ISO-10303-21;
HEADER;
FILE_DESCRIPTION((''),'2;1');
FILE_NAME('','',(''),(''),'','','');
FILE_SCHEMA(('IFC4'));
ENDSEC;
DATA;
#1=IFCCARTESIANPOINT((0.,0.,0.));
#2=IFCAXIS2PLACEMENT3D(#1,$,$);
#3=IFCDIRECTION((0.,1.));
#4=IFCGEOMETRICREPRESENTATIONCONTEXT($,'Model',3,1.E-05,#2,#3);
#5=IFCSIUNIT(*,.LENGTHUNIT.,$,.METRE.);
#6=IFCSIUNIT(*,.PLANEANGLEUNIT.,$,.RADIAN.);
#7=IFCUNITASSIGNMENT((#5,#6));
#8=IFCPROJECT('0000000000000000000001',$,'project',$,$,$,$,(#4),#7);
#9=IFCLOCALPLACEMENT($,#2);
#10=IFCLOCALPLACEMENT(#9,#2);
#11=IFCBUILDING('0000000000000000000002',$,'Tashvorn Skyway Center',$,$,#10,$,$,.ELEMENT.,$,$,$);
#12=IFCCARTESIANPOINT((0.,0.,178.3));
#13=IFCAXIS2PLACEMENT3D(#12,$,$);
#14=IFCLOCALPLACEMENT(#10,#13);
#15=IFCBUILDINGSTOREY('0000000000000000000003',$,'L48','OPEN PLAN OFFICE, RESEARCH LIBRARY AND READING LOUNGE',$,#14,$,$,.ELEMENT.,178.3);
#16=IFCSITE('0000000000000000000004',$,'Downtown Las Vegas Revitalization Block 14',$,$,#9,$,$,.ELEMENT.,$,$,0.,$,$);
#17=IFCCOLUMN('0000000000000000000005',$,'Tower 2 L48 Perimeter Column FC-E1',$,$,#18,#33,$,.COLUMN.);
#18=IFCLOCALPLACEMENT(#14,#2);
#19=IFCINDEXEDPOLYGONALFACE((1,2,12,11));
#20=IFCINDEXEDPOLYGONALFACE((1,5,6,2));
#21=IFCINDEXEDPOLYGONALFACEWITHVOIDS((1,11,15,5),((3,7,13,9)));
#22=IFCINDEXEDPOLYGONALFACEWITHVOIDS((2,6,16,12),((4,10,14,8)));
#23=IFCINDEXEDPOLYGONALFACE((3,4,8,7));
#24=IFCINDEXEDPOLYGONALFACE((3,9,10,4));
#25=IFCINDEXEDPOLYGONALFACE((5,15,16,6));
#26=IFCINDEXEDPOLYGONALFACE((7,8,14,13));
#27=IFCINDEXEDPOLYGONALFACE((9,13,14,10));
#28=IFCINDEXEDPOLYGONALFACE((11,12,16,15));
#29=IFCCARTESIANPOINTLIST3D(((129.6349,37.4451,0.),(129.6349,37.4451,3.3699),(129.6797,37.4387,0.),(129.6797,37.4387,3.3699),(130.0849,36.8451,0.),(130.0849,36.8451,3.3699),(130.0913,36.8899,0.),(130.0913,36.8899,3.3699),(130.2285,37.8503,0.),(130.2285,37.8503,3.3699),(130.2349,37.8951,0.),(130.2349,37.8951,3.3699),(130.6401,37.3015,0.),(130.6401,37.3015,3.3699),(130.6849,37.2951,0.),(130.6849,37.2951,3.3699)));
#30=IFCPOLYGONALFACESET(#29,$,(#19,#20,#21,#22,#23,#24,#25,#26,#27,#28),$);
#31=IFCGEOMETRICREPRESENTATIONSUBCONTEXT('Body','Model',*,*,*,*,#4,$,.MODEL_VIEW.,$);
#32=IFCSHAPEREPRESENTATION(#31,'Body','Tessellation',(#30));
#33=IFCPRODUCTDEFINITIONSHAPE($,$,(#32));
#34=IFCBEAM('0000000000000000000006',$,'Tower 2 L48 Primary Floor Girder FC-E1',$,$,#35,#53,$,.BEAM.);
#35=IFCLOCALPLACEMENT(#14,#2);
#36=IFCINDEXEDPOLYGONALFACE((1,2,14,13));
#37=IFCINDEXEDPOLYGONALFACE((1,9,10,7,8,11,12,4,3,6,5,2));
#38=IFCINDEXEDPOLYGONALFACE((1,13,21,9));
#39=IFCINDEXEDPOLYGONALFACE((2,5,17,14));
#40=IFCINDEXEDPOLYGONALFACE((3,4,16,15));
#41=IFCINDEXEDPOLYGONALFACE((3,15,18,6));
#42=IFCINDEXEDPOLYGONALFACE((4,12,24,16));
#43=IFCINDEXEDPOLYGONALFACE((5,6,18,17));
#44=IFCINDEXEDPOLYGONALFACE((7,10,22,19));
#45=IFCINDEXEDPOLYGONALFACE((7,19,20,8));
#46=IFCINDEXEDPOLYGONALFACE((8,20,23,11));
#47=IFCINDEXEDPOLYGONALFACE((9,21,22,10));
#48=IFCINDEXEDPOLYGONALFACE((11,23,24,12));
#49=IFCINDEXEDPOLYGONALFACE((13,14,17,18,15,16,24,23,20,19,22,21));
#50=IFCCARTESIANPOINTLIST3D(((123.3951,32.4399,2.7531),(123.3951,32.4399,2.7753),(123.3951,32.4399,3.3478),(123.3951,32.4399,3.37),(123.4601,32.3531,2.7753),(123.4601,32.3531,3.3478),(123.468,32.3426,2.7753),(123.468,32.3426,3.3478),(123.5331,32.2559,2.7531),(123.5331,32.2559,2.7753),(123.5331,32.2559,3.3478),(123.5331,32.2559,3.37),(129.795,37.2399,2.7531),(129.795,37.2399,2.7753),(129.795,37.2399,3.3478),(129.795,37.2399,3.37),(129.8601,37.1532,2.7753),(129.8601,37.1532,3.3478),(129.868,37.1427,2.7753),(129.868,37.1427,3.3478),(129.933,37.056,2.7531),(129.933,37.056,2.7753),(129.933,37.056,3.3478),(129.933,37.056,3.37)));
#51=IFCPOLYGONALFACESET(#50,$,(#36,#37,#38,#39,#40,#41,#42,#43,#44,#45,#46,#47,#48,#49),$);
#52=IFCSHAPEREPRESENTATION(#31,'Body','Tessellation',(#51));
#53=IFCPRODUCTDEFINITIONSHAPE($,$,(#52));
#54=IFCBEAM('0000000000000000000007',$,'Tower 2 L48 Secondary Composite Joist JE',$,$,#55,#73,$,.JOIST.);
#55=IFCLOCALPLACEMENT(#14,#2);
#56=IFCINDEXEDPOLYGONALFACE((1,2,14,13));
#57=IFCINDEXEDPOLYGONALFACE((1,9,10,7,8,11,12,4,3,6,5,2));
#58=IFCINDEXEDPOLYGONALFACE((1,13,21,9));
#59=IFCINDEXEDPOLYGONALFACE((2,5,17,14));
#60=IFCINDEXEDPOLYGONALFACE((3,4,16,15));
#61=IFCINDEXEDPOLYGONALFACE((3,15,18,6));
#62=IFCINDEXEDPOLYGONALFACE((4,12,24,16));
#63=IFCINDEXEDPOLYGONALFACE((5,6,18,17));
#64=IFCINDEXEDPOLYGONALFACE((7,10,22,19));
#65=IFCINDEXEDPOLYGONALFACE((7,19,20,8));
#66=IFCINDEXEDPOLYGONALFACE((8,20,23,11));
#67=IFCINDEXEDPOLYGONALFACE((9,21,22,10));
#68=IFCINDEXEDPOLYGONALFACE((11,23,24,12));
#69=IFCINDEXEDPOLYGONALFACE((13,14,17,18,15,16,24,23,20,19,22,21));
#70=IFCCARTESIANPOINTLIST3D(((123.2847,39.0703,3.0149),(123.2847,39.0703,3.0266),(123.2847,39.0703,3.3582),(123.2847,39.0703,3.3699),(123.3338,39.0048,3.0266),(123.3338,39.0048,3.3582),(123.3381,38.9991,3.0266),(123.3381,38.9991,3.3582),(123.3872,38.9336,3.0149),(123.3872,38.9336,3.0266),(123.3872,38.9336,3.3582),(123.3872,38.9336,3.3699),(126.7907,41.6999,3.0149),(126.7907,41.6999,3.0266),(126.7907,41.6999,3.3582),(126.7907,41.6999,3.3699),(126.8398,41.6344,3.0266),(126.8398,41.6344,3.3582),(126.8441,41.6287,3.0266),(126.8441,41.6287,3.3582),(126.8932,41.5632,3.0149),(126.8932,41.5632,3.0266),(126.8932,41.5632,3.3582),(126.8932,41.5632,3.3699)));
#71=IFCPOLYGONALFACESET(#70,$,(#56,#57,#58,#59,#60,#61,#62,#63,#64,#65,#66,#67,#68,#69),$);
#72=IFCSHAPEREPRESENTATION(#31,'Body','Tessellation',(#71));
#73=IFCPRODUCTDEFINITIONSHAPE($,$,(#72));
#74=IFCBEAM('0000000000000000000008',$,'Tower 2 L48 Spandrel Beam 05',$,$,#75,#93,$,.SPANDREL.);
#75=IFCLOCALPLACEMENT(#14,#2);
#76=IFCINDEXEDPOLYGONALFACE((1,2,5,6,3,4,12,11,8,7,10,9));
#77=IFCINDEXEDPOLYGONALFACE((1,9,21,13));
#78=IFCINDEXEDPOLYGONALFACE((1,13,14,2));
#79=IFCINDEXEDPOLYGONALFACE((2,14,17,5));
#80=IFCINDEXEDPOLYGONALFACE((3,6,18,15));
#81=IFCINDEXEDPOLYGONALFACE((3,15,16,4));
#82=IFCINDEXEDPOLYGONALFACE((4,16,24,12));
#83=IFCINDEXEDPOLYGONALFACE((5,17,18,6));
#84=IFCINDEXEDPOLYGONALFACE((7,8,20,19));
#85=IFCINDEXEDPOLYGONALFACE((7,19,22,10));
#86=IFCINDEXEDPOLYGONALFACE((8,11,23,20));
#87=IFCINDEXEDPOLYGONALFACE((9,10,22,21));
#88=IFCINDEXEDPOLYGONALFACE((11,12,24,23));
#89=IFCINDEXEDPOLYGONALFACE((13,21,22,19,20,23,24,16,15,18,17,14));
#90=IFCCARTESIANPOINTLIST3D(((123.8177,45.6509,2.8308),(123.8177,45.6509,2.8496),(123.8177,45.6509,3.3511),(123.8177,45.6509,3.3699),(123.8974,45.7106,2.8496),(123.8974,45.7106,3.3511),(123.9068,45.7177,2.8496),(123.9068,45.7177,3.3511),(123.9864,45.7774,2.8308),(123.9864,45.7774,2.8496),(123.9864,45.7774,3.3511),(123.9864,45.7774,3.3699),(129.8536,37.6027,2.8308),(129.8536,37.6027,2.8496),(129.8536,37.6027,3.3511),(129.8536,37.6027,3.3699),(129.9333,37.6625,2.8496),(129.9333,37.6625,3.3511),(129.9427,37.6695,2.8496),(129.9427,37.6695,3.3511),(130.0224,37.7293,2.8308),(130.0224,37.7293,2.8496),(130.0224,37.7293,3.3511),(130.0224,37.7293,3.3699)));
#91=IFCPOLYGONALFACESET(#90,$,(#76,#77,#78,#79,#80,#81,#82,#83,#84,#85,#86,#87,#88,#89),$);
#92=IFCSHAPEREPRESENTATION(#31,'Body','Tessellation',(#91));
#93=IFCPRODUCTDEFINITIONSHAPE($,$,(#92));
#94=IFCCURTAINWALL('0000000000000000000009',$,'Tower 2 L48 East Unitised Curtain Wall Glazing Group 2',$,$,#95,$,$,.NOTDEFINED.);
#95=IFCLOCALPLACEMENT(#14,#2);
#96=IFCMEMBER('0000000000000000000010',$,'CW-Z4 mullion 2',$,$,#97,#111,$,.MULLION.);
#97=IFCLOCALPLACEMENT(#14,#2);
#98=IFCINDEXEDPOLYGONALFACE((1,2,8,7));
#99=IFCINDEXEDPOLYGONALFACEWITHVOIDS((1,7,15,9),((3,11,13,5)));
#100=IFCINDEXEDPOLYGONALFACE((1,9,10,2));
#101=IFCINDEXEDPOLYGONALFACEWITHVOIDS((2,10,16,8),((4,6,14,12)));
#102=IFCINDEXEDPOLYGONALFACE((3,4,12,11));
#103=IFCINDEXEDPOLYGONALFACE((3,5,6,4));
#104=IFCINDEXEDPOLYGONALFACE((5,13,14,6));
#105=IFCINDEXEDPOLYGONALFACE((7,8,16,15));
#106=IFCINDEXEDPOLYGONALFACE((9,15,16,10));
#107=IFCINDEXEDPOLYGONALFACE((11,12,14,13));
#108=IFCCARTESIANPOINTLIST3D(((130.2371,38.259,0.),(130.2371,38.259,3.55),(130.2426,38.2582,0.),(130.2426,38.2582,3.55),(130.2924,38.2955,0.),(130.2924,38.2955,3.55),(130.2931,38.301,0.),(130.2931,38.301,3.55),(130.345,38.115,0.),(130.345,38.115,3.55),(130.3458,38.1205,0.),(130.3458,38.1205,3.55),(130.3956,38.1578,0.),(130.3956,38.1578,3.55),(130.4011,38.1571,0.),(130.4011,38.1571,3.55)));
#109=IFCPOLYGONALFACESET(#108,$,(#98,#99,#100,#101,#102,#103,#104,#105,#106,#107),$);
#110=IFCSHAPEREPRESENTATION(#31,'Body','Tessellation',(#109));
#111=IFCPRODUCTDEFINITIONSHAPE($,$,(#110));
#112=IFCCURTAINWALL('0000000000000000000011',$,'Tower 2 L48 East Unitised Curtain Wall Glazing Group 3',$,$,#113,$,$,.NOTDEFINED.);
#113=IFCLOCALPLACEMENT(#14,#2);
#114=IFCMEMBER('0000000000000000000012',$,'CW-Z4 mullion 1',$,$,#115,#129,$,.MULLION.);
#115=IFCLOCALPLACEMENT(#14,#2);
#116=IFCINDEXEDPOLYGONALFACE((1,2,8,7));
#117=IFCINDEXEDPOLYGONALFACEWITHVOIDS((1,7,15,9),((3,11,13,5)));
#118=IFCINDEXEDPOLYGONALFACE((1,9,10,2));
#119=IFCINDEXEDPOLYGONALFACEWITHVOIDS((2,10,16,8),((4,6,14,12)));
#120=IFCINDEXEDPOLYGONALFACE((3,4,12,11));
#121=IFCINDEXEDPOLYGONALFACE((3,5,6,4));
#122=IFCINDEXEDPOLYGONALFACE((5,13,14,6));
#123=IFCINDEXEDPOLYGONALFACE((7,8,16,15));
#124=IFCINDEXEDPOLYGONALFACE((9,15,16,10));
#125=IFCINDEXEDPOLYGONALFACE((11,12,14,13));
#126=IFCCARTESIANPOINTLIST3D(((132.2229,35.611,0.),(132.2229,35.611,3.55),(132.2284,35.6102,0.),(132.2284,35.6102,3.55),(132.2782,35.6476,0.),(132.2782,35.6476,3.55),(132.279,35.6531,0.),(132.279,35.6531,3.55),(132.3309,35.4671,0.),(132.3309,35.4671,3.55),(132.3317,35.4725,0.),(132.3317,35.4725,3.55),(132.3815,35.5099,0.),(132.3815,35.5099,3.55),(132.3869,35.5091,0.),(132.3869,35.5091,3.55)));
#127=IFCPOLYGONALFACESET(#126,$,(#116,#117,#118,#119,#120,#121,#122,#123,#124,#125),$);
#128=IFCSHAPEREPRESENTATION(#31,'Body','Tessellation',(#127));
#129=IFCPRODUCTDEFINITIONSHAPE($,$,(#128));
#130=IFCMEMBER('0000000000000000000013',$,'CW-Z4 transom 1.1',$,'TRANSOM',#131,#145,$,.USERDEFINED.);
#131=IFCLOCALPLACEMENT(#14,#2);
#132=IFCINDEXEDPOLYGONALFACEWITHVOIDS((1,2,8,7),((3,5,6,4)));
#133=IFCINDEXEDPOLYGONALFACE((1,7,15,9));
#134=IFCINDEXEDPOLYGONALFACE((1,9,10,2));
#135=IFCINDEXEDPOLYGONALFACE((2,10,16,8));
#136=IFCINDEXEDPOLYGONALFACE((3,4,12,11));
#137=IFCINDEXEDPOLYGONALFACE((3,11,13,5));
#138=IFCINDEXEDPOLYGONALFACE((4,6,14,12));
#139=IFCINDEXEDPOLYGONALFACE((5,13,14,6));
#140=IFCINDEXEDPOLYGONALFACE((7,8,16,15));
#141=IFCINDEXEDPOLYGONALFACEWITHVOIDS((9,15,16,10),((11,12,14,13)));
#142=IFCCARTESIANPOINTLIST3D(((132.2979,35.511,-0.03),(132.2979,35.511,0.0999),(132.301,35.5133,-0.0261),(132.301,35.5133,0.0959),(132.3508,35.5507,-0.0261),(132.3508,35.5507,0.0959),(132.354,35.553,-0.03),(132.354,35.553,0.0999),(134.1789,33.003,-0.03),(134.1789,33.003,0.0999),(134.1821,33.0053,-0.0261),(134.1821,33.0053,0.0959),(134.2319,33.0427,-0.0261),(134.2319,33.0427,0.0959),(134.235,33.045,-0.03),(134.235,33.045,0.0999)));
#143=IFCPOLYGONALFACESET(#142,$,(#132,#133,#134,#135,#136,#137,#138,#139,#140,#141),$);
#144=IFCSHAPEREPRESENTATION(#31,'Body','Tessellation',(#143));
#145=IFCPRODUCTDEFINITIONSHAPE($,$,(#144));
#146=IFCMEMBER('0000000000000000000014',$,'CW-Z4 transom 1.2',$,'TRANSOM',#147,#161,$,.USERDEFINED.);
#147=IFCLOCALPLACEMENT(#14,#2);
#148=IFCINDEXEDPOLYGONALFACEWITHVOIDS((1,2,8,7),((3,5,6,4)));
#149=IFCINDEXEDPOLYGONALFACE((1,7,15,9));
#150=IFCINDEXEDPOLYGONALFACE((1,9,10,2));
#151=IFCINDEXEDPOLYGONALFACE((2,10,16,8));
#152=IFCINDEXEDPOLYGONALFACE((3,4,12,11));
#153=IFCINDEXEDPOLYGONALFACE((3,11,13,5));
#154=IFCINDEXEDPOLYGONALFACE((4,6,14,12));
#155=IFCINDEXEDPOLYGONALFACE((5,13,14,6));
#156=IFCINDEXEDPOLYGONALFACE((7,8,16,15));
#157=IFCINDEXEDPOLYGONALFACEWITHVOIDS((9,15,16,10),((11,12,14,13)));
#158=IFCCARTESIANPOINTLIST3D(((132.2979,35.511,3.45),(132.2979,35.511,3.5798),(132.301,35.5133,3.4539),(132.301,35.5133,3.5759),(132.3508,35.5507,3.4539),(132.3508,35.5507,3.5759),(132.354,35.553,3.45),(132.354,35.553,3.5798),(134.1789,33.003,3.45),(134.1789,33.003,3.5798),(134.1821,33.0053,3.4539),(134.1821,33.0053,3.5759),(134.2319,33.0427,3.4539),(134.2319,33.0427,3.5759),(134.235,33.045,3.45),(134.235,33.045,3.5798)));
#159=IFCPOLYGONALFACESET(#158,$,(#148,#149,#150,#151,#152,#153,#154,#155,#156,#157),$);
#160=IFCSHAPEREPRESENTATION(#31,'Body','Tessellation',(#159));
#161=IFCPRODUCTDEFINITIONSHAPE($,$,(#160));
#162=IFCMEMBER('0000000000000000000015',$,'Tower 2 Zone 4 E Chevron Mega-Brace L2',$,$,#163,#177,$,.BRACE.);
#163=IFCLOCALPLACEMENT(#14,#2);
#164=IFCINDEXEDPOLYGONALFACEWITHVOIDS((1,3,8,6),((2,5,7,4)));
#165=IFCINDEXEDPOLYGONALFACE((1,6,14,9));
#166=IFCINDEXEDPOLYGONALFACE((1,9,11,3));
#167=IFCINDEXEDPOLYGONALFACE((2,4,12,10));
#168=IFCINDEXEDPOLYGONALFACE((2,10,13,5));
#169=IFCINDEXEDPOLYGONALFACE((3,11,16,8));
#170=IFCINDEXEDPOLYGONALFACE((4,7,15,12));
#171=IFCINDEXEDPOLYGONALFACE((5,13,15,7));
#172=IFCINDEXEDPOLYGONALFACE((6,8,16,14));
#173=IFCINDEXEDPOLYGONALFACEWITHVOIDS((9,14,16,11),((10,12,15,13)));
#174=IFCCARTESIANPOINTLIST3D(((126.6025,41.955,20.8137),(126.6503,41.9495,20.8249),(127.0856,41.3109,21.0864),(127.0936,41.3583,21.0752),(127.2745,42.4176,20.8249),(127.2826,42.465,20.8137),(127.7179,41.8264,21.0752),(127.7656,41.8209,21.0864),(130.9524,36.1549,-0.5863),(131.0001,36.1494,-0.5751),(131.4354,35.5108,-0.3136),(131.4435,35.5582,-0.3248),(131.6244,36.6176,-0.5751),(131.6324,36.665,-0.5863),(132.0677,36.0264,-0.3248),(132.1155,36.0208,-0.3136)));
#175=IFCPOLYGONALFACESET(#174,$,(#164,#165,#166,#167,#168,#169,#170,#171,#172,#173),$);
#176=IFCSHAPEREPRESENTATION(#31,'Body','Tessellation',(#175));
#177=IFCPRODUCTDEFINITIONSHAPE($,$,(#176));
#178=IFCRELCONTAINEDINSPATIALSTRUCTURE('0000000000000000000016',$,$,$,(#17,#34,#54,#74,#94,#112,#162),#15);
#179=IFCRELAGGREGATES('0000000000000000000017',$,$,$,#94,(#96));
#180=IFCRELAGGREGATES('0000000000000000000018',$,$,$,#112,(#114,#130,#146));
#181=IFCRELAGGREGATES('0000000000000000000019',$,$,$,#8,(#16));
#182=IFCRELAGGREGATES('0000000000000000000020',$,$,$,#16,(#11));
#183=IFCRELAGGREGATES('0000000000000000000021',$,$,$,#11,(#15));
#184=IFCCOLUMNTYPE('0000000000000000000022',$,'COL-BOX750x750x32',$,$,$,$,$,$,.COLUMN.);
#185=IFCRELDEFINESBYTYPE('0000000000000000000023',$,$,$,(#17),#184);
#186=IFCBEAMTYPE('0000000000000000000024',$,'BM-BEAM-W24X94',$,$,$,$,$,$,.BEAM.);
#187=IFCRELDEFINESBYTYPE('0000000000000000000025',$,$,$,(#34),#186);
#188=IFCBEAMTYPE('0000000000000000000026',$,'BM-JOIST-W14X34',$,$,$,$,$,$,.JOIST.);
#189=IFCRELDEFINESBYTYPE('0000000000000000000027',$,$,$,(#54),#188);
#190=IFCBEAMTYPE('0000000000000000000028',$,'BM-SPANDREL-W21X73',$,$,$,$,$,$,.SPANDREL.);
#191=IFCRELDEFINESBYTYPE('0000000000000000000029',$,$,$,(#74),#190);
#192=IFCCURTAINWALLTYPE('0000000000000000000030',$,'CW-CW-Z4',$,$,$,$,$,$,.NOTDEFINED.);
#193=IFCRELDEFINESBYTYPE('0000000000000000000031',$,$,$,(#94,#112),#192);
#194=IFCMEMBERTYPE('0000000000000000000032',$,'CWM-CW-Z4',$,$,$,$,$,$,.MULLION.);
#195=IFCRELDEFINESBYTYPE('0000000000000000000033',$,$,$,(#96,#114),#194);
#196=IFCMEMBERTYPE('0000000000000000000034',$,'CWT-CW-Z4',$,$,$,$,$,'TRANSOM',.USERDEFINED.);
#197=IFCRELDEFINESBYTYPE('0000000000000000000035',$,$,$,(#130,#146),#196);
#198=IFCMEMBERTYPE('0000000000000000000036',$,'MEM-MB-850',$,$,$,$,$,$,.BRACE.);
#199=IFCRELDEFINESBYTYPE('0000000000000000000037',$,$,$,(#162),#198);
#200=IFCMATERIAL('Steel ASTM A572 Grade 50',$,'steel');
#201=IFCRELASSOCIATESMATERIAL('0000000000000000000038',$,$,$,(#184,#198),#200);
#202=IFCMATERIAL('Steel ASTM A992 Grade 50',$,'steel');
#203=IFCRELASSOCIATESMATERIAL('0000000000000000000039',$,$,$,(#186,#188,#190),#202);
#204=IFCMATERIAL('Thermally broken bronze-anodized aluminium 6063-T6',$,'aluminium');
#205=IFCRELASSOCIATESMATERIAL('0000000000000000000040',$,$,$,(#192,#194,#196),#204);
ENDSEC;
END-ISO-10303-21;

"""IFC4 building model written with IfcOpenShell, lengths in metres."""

from ifc_helpers import new_model, si_unit, direction, frame, origin, origin_2d, place, context, subcontext, project, spatial, hollow_rectangle, i_section, extrude, material, material_profile, profile_set, type_object, element, aggregate, save


model = new_model("IFC4")

# Units and contexts
model_context = context("Model", 3, precision=1e-05, world=origin(), true_north=direction((0.0, 1.0)))
body_context = subcontext(model_context, "Body", "Model", "MODEL_VIEW")
ifc_project = project(units=[si_unit("LENGTHUNIT", "METRE"), si_unit("PLANEANGLEUNIT", "RADIAN")], contexts=[model_context])

# Site, building, storey
site_placement = place(None, origin())
site = spatial("IfcSite", under=ifc_project, at=site_placement, Name="Downtown Las Vegas Revitalization Block 14", CompositionType="ELEMENT", RefElevation=0.0)
building_placement = place(site_placement, origin())
building = spatial("IfcBuilding", under=site, at=building_placement, Name="Tashvorn Skyway Center", CompositionType="ELEMENT")
storey_placement = place(building_placement, frame((0.0, 0.0, 178.3)))
storey = spatial("IfcBuildingStorey", under=building, at=storey_placement, Name="L48", Description="OPEN PLAN OFFICE, RESEARCH LIBRARY AND READING LOUNGE", CompositionType="ELEMENT", Elevation=178.3)

# Column
ifc_material_1 = material(Name="Steel ASTM A572 Grade 50", Category="steel")
ifc_material_profile_1 = material_profile(ifc_material_1, hollow_rectangle(XDim=0.75, YDim=0.75, WallThickness=0.032, at=origin_2d()), Name="BOX750x750x32")
ifc_profile_set_1 = profile_set([ifc_material_profile_1], Name="Steel ASTM A572 Grade 50")
column_type = type_object("IfcColumnType", Name="COL-BOX750x750x32", PredefinedType="COLUMN", material=ifc_profile_set_1)
column_placement = place(storey_placement, frame((130.1599, 37.3701, 0.0), z_axis=(0.0, 0.0, 1.0), x_axis=(0.8, 0.6, 0.0)))
element("IfcColumn", 1, at=column_placement, inside=storey, type_object=column_type, Name="Tower 2 L48 Perimeter Column FC-E1", PredefinedType="COLUMN", context=body_context, shape_type="SweptSolid", body=[
    extrude(hollow_rectangle(XDim=0.75, YDim=0.75, WallThickness=0.032, at=origin_2d()), origin(), (0.0, 0.0, 1.0), 3.3699),
])

# Beams
ifc_material_2 = material(Name="Steel ASTM A992 Grade 50", Category="steel")
ifc_material_profile_2 = material_profile(ifc_material_2, i_section(OverallWidth=0.23, OverallDepth=0.6169, WebThickness=0.0132, FlangeThickness=0.0222, at=origin_2d()), Name="W24X94")
ifc_profile_set_2 = profile_set([ifc_material_profile_2], Name="Steel ASTM A992 Grade 50")
beam_type_1 = type_object("IfcBeamType", Name="BM-BEAM-W24X94", PredefinedType="BEAM", material=ifc_profile_set_2)
beam_1_placement = place(storey_placement, frame((129.864, 37.1479, 3.0615), z_axis=(-0.799993, -0.60001, 0.0), x_axis=(0.60001, -0.799993, 0.0)))
element("IfcBeam", 2, at=beam_1_placement, inside=storey, type_object=beam_type_1, Name="Tower 2 L48 Primary Floor Girder FC-E1", PredefinedType="BEAM", context=body_context, shape_type="SweptSolid", body=[
    extrude(i_section(OverallWidth=0.23, OverallDepth=0.6169, WebThickness=0.0132, FlangeThickness=0.0222, at=origin_2d()), origin(), (0.0, 0.0, 1.0), 8.0),
])
ifc_material_profile_3 = material_profile(ifc_material_2, i_section(OverallWidth=0.1709, OverallDepth=0.355, WebThickness=0.0071, FlangeThickness=0.0117, at=origin_2d()), Name="W14X34")
ifc_profile_set_3 = profile_set([ifc_material_profile_3], Name="Steel ASTM A992 Grade 50")
beam_type_2 = type_object("IfcBeamType", Name="BM-JOIST-W14X34", PredefinedType="JOIST", material=ifc_profile_set_3)
beam_2_placement = place(storey_placement, frame((123.3359, 39.002, 3.1924), z_axis=(0.799993, 0.600009, 0.0), x_axis=(-0.600009, 0.799993, 0.0)))
element("IfcBeam", 3, at=beam_2_placement, inside=storey, type_object=beam_type_2, Name="Tower 2 L48 Secondary Composite Joist JE", PredefinedType="JOIST", context=body_context, shape_type="SweptSolid", body=[
    extrude(i_section(OverallWidth=0.1709, OverallDepth=0.355, WebThickness=0.0071, FlangeThickness=0.0117, at=origin_2d()), origin(), (0.0, 0.0, 1.0), 4.3826),
])
ifc_material_profile_4 = material_profile(ifc_material_2, i_section(OverallWidth=0.2109, OverallDepth=0.5391, WebThickness=0.0117, FlangeThickness=0.0188, at=origin_2d()), Name="W21X73")
ifc_profile_set_4 = profile_set([ifc_material_profile_4], Name="Steel ASTM A992 Grade 50")
beam_type_3 = type_object("IfcBeamType", Name="BM-SPANDREL-W21X73", PredefinedType="SPANDREL", material=ifc_profile_set_4)
beam_3_placement = place(storey_placement, frame((129.938, 37.666, 3.1003), z_axis=(-0.599988, 0.800009, 0.0), x_axis=(-0.800009, -0.599988, 0.0)))
element("IfcBeam", 4, at=beam_3_placement, inside=storey, type_object=beam_type_3, Name="Tower 2 L48 Spandrel Beam 05", PredefinedType="SPANDREL", context=body_context, shape_type="SweptSolid", body=[
    extrude(i_section(OverallWidth=0.2109, OverallDepth=0.5391, WebThickness=0.0117, FlangeThickness=0.0188, at=origin_2d()), origin(), (0.0, 0.0, 1.0), 10.0601),
])

# Curtain wall, member
ifc_material_3 = material(Name="Thermally broken bronze-anodized aluminium 6063-T6", Category="aluminium")
curtain_wall_type = type_object("IfcCurtainWallType", Name="CW-CW-Z4", PredefinedType="NOTDEFINED", material=ifc_material_3)
curtain_wall_1_placement = place(storey_placement, origin())
curtain_wall_1 = element("IfcCurtainWall", 5, at=curtain_wall_1_placement, inside=storey, type_object=curtain_wall_type, Name="Tower 2 L48 East Unitised Curtain Wall Glazing Group 2", PredefinedType="NOTDEFINED")
ifc_material_profile_5 = material_profile(ifc_material_3, hollow_rectangle(XDim=0.0701, YDim=0.1799, WallThickness=0.0039, at=origin_2d()), Name="ALU-MULL-70x180")
ifc_profile_set_5 = profile_set([ifc_material_profile_5], Name="Thermally broken bronze-anodized aluminium 6063-T6")
member_type_1 = type_object("IfcMemberType", Name="CWM-CW-Z4", PredefinedType="MULLION", material=ifc_profile_set_5)
member_1_placement = place(storey_placement, frame((130.3191, 38.208, 0.0), z_axis=(0.0, 0.0, 1.0), x_axis=(0.8, 0.6, 0.0)))
member_1 = element("IfcMember", 6, at=member_1_placement, type_object=member_type_1, Name="CW-Z4 mullion 2", PredefinedType="MULLION", context=body_context, shape_type="SweptSolid", body=[
    extrude(hollow_rectangle(XDim=0.0701, YDim=0.1799, WallThickness=0.0039, at=origin_2d()), origin(), (0.0, 0.0, 1.0), 3.55),
])
aggregate(curtain_wall_1, [member_1])

# Curtain wall, members
curtain_wall_2_placement = place(storey_placement, origin())
curtain_wall_2 = element("IfcCurtainWall", 7, at=curtain_wall_2_placement, inside=storey, type_object=curtain_wall_type, Name="Tower 2 L48 East Unitised Curtain Wall Glazing Group 3", PredefinedType="NOTDEFINED")
member_2_placement = place(storey_placement, frame((132.3049, 35.5601, 0.0), z_axis=(0.0, 0.0, 1.0), x_axis=(0.8, 0.6, 0.0)))
member_2 = element("IfcMember", 8, at=member_2_placement, type_object=member_type_1, Name="CW-Z4 mullion 1", PredefinedType="MULLION", context=body_context, shape_type="SweptSolid", body=[
    extrude(hollow_rectangle(XDim=0.0701, YDim=0.1799, WallThickness=0.0039, at=origin_2d()), origin(), (0.0, 0.0, 1.0), 3.55),
])
ifc_material_profile_6 = material_profile(ifc_material_3, hollow_rectangle(XDim=0.0701, YDim=0.1299, WallThickness=0.0039, at=origin_2d()), Name="ALU-TRAN-70x130")
ifc_profile_set_6 = profile_set([ifc_material_profile_6], Name="Thermally broken bronze-anodized aluminium 6063-T6")
member_type_2 = type_object("IfcMemberType", Name="CWT-CW-Z4", ElementType="TRANSOM", PredefinedType="USERDEFINED", material=ifc_profile_set_6)
member_3_placement = place(storey_placement, frame((132.3259, 35.532, 0.0349), z_axis=(0.600012, -0.799991, 0.0), x_axis=(0.799991, 0.600012, 0.0)))
member_3 = element("IfcMember", 9, at=member_3_placement, type_object=member_type_2, Name="CW-Z4 transom 1.1", ObjectType="TRANSOM", PredefinedType="USERDEFINED", context=body_context, shape_type="SweptSolid", body=[
    extrude(hollow_rectangle(XDim=0.0701, YDim=0.1299, WallThickness=0.0039, at=origin_2d()), origin(), (0.0, 0.0, 1.0), 3.135),
])
member_4_placement = place(storey_placement, frame((132.3259, 35.532, 3.5149), z_axis=(0.600012, -0.799991, 0.0), x_axis=(0.799991, 0.600012, 0.0)))
member_4 = element("IfcMember", 10, at=member_4_placement, type_object=member_type_2, Name="CW-Z4 transom 1.2", ObjectType="TRANSOM", PredefinedType="USERDEFINED", context=body_context, shape_type="SweptSolid", body=[
    extrude(hollow_rectangle(XDim=0.0701, YDim=0.1299, WallThickness=0.0039, at=origin_2d()), origin(), (0.0, 0.0, 1.0), 3.135),
])

# Member
ifc_material_profile_7 = material_profile(ifc_material_1, hollow_rectangle(XDim=0.8501, YDim=0.8501, WallThickness=0.0349, at=origin_2d()), Name="BOX850x850x35")
ifc_profile_set_7 = profile_set([ifc_material_profile_7], Name="Steel ASTM A572 Grade 50")
member_type_3 = type_object("IfcMemberType", Name="MEM-MB-850", PredefinedType="BRACE", material=ifc_profile_set_7)
member_5_placement = place(storey_placement, frame((131.5339, 36.0879, -0.45), z_axis=(-0.192517, 0.2567, 0.947123), x_axis=(-0.800012, -0.599984, 0.0)))
element("IfcMember", 11, at=member_5_placement, inside=storey, type_object=member_type_3, Name="Tower 2 Zone 4 E Chevron Mega-Brace L2", PredefinedType="BRACE", context=body_context, shape_type="SweptSolid", body=[
    extrude(hollow_rectangle(XDim=0.8501, YDim=0.8501, WallThickness=0.0349, at=origin_2d()), origin(), (0.0, 0.0, 1.0), 22.5947),
])

aggregate(curtain_wall_2, [member_2, member_3, member_4])

save(model, "model.ifc")
